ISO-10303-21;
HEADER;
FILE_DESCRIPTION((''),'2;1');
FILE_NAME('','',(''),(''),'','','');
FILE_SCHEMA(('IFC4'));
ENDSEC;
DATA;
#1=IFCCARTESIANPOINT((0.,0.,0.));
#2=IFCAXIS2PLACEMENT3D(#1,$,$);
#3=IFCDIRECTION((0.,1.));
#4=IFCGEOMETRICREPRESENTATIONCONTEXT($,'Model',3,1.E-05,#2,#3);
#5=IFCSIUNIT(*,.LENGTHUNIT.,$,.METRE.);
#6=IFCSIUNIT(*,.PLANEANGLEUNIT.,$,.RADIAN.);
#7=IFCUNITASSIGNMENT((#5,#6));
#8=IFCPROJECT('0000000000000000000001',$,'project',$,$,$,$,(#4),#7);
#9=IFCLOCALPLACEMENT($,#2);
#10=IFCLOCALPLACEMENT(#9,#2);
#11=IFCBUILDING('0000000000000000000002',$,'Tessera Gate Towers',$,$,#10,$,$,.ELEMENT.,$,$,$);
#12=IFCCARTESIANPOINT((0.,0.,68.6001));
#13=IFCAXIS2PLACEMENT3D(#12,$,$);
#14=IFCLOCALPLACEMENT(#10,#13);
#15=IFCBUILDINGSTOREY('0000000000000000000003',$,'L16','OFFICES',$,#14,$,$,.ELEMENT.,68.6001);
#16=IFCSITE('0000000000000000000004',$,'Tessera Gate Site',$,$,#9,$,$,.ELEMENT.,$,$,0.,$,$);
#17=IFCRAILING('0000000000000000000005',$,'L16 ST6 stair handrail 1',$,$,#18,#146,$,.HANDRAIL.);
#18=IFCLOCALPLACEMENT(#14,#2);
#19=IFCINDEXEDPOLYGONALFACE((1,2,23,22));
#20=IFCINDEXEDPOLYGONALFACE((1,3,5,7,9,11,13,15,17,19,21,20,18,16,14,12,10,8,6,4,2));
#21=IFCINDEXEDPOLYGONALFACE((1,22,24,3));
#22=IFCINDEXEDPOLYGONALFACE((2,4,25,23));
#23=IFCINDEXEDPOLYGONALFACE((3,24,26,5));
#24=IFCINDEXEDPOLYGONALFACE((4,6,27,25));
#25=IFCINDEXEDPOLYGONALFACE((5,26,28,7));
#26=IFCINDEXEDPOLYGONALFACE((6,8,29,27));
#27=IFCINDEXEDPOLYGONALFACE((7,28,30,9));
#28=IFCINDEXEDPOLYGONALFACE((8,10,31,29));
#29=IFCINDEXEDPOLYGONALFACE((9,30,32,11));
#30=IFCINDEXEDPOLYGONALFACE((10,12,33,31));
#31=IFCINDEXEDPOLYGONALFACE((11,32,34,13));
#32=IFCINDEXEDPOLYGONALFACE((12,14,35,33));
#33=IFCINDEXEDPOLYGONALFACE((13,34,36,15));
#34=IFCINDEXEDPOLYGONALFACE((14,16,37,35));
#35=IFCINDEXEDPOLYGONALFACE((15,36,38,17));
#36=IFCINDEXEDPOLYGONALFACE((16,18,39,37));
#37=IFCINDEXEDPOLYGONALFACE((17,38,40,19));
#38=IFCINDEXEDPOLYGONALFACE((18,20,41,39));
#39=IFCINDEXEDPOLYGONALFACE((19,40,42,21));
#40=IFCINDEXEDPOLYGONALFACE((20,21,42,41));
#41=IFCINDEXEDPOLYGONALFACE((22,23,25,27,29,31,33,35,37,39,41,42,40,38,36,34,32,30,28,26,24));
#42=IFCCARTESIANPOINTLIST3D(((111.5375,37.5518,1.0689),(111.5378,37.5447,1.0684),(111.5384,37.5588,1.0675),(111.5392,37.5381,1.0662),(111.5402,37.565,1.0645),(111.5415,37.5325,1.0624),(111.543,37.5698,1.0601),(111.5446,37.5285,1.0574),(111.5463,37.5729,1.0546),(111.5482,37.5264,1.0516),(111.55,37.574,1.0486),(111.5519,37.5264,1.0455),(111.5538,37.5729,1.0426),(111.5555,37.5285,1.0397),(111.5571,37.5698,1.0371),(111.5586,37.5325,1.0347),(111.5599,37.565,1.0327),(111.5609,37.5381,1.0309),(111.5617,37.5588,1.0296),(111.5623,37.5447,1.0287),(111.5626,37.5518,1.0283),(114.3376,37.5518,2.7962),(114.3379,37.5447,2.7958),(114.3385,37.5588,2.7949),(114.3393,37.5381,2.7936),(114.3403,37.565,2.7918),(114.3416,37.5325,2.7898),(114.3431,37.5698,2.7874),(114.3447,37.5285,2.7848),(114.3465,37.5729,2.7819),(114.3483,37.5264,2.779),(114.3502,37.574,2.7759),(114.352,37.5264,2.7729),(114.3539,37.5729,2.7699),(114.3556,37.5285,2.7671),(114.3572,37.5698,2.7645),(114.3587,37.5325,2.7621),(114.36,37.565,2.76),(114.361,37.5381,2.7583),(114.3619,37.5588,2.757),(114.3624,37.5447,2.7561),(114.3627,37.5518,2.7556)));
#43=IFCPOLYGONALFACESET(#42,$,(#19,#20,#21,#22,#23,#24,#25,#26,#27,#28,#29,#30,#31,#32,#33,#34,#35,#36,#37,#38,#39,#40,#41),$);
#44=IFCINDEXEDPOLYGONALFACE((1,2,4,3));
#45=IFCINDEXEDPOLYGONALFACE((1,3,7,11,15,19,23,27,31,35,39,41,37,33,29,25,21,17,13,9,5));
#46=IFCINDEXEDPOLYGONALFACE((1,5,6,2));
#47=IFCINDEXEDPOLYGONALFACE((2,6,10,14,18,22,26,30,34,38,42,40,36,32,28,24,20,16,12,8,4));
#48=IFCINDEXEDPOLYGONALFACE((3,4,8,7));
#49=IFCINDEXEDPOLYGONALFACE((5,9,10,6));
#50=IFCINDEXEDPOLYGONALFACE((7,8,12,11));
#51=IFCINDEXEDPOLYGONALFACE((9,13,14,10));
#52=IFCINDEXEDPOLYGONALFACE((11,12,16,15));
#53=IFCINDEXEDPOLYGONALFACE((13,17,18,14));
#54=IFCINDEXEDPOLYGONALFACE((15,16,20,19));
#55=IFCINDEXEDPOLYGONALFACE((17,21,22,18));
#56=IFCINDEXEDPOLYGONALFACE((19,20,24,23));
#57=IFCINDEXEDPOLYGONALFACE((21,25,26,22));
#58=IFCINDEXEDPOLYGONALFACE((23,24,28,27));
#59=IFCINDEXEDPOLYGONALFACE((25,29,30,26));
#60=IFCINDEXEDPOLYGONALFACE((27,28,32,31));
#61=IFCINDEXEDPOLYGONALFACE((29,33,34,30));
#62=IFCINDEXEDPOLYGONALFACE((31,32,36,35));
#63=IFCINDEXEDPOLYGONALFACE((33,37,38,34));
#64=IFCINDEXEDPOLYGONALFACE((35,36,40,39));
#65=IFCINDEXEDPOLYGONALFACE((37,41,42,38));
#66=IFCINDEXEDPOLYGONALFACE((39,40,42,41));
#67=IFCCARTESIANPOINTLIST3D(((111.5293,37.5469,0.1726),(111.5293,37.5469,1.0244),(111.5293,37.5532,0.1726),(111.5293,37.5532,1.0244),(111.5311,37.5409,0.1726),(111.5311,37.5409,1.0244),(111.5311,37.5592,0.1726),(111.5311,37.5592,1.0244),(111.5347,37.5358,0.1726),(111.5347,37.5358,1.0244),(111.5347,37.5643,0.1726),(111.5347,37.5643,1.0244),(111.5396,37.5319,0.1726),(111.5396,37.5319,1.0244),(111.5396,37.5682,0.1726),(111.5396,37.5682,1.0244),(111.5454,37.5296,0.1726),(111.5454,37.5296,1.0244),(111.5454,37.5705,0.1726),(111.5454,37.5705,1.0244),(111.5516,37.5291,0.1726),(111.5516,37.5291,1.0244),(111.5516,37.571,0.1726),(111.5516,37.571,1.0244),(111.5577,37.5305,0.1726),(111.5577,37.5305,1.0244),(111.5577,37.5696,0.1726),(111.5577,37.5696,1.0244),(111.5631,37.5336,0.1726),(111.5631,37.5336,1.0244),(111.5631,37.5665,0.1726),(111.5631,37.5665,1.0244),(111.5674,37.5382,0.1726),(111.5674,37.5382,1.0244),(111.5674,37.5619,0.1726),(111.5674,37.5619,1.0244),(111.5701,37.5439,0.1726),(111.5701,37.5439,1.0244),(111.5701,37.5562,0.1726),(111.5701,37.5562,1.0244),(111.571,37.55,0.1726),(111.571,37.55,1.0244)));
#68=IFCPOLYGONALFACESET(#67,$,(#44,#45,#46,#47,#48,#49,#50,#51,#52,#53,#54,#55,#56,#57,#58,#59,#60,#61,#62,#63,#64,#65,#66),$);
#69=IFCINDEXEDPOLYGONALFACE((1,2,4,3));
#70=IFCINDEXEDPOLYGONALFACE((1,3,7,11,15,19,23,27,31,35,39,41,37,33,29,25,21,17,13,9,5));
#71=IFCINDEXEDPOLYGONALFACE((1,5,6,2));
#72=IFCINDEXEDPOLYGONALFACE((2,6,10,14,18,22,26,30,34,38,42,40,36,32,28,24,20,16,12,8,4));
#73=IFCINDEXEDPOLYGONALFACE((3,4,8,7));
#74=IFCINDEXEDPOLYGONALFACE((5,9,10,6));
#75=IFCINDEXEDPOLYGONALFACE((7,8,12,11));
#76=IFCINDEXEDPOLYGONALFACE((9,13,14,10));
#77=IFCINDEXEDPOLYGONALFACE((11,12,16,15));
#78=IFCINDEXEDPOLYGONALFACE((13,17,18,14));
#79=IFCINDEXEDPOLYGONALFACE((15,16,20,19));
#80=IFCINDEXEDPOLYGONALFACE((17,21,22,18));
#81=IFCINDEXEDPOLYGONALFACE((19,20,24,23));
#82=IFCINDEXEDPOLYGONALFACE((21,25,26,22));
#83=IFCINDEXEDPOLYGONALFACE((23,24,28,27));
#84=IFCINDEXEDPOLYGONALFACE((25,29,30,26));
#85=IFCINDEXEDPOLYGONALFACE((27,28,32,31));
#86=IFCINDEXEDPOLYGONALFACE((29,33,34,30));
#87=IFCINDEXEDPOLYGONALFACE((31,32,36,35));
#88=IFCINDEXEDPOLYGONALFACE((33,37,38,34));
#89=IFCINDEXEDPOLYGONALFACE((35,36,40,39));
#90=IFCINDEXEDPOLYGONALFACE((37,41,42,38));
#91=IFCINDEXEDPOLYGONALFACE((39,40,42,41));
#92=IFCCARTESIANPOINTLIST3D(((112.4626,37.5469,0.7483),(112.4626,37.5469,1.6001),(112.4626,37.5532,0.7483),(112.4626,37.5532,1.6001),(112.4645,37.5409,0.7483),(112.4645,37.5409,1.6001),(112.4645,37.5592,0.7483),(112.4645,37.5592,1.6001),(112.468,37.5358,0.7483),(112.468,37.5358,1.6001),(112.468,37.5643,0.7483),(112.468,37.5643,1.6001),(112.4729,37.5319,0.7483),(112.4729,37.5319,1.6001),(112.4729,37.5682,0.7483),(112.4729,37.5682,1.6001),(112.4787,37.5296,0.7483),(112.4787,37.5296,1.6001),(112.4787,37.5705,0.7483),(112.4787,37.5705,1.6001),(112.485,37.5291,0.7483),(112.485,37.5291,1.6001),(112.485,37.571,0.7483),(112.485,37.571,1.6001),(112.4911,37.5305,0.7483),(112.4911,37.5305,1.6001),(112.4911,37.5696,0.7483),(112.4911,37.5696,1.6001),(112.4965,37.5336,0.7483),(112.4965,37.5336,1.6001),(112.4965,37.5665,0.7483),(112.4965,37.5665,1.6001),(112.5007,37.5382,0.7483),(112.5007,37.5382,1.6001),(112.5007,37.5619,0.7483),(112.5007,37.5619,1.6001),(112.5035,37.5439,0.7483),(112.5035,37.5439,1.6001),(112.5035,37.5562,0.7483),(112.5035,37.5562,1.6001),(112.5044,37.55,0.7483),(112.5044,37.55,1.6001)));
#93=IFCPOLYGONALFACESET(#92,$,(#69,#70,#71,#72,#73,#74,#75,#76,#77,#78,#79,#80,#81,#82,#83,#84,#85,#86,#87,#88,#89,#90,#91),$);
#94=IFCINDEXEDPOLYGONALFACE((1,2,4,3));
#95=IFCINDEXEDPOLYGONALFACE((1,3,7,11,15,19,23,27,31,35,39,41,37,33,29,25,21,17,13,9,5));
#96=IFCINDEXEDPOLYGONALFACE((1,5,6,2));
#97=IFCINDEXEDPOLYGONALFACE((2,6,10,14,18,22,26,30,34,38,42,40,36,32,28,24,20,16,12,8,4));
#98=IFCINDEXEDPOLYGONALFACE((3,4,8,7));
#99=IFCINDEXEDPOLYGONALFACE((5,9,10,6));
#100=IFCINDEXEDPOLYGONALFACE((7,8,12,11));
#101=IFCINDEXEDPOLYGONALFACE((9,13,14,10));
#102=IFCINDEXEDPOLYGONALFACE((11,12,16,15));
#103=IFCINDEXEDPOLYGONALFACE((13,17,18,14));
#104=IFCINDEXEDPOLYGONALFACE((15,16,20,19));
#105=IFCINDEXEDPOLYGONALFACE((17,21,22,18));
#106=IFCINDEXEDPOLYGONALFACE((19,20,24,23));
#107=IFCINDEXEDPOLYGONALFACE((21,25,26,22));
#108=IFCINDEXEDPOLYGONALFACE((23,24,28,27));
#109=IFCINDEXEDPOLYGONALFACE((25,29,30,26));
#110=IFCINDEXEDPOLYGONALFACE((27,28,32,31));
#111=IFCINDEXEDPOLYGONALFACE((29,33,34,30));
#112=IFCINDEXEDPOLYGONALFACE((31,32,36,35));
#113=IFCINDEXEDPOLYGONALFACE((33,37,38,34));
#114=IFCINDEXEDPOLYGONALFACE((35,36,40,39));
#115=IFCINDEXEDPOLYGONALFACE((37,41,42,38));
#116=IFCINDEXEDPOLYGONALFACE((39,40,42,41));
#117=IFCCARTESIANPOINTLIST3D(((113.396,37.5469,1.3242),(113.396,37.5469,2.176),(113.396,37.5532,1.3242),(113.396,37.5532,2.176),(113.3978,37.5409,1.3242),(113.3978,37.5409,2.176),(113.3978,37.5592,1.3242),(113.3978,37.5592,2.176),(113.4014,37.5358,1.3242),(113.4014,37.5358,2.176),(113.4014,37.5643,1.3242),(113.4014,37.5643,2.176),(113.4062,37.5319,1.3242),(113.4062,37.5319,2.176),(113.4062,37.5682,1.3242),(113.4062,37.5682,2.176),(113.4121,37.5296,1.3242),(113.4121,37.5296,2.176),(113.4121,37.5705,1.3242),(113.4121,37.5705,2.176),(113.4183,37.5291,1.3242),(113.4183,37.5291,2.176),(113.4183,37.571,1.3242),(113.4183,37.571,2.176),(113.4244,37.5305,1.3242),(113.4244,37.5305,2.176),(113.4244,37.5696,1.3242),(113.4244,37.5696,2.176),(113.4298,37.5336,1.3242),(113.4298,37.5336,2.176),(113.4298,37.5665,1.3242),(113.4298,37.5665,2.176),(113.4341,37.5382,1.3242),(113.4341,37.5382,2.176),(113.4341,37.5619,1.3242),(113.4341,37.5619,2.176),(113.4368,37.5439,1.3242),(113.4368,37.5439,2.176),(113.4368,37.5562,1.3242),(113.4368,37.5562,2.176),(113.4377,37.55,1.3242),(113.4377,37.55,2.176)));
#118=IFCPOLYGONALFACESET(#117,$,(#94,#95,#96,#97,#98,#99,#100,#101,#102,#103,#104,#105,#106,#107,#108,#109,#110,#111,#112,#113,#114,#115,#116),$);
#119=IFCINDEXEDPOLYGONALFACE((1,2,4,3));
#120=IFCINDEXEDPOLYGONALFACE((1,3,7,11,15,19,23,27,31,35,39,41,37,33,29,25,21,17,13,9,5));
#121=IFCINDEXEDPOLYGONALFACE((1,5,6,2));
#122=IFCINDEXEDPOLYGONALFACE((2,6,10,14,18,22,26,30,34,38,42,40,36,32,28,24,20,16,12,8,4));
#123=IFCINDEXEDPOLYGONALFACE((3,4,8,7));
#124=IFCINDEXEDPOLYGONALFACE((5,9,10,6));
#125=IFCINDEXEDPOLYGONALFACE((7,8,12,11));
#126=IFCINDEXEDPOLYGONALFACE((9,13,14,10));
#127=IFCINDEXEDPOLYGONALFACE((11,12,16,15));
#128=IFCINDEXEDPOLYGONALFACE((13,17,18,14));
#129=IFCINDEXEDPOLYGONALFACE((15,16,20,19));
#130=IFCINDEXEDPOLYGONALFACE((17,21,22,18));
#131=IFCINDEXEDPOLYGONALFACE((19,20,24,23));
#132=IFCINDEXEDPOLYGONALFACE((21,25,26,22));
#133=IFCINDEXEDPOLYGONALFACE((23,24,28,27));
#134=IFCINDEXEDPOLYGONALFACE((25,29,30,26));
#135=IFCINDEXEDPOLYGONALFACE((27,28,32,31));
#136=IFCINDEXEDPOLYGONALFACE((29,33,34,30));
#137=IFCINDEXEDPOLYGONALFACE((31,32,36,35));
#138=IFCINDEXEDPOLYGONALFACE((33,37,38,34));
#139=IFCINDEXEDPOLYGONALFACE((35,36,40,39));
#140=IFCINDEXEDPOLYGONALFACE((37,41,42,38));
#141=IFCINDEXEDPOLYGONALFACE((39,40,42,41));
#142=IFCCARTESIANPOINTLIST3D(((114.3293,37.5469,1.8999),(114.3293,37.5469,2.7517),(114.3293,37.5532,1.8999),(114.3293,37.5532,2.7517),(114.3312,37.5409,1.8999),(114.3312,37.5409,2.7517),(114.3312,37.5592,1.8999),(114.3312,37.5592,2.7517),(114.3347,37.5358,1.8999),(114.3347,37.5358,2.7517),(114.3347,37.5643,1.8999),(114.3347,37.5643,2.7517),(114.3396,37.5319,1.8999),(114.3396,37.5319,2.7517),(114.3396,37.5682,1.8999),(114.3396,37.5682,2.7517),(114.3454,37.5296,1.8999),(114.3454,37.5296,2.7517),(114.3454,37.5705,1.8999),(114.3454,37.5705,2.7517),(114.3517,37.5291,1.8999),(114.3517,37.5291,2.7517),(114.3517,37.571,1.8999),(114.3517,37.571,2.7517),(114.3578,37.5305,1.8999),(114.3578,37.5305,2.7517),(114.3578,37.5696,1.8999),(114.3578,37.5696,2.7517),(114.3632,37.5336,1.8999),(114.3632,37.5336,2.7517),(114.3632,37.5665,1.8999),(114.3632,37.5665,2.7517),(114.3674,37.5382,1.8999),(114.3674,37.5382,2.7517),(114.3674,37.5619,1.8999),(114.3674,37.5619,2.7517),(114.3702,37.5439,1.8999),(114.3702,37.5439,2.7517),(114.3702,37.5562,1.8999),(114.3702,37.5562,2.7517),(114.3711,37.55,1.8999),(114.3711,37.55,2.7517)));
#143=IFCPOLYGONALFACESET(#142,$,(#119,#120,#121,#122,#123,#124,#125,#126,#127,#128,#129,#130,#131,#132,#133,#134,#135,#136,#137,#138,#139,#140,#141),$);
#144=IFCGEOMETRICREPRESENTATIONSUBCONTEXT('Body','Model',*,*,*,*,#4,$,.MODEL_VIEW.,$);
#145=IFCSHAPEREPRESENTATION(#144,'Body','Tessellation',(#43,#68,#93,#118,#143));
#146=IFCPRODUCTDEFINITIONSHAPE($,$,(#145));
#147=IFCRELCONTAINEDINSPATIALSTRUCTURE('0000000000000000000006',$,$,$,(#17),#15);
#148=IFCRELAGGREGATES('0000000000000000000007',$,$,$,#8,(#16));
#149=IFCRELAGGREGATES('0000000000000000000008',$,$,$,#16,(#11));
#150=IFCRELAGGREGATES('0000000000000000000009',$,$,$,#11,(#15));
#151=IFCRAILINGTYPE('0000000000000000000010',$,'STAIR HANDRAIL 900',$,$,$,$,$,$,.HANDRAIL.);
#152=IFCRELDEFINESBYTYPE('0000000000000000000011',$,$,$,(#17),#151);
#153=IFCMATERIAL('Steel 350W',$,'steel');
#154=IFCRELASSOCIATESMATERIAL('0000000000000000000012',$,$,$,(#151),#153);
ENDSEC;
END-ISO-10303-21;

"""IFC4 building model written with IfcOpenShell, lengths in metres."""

from ifc_helpers import new_model, si_unit, direction, frame, origin, origin_2d, place, context, subcontext, project, spatial, circle, extrude, material, type_object, element, save


model = new_model("IFC4")

# Units and contexts
model_context = context("Model", 3, precision=1e-05, world=origin(), true_north=direction((0.0, 1.0)))
body_context = subcontext(model_context, "Body", "Model", "MODEL_VIEW")
ifc_project = project(units=[si_unit("LENGTHUNIT", "METRE"), si_unit("PLANEANGLEUNIT", "RADIAN")], contexts=[model_context])

# Site, building, storey
site_placement = place(None, origin())
site = spatial("IfcSite", under=ifc_project, at=site_placement, Name="Tessera Gate Site", CompositionType="ELEMENT", RefElevation=0.0)
building_placement = place(site_placement, origin())
building = spatial("IfcBuilding", under=site, at=building_placement, Name="Tessera Gate Towers", CompositionType="ELEMENT")
storey_placement = place(building_placement, frame((0.0, 0.0, 68.6001)))
storey = spatial("IfcBuildingStorey", under=building, at=storey_placement, Name="L16", Description="OFFICES", CompositionType="ELEMENT", Elevation=68.6001)

# Railing
ifc_material_1 = material(Name="Steel 350W", Category="steel")
railing_type_1 = type_object("IfcRailingType", Name="STAIR HANDRAIL 900", PredefinedType="HANDRAIL", material=ifc_material_1)
railing_1_placement = place(storey_placement, frame((111.55, 37.55, 0.1726)))
element("IfcRailing", 1, at=railing_1_placement, inside=storey, type_object=railing_type_1, Name="L16 ST6 stair handrail 1", PredefinedType="HANDRAIL", context=body_context, shape_type="SweptSolid", body=[
    extrude(circle(Radius=0.0239, at=origin_2d()), frame((0.0, 0.0, 0.876), z_axis=(0.85109, 0.0, 0.52502), x_axis=(0.0, 1.0, 0.0)), (0.0, 0.0, 1.0), 3.29),
    extrude(circle(Radius=0.021, at=origin_2d()), origin(), (0.0, 0.0, 1.0), 0.8518),
    extrude(circle(Radius=0.021, at=origin_2d()), frame((0.9333, 0.0, 0.5757)), (0.0, 0.0, 1.0), 0.8518),
    extrude(circle(Radius=0.021, at=origin_2d()), frame((1.8667, 0.0, 1.1516)), (0.0, 0.0, 1.0), 0.8518),
    extrude(circle(Radius=0.021, at=origin_2d()), frame((2.8, 0.0, 1.7273)), (0.0, 0.0, 1.0), 0.8518),
])

save(model, "model.ifc")
